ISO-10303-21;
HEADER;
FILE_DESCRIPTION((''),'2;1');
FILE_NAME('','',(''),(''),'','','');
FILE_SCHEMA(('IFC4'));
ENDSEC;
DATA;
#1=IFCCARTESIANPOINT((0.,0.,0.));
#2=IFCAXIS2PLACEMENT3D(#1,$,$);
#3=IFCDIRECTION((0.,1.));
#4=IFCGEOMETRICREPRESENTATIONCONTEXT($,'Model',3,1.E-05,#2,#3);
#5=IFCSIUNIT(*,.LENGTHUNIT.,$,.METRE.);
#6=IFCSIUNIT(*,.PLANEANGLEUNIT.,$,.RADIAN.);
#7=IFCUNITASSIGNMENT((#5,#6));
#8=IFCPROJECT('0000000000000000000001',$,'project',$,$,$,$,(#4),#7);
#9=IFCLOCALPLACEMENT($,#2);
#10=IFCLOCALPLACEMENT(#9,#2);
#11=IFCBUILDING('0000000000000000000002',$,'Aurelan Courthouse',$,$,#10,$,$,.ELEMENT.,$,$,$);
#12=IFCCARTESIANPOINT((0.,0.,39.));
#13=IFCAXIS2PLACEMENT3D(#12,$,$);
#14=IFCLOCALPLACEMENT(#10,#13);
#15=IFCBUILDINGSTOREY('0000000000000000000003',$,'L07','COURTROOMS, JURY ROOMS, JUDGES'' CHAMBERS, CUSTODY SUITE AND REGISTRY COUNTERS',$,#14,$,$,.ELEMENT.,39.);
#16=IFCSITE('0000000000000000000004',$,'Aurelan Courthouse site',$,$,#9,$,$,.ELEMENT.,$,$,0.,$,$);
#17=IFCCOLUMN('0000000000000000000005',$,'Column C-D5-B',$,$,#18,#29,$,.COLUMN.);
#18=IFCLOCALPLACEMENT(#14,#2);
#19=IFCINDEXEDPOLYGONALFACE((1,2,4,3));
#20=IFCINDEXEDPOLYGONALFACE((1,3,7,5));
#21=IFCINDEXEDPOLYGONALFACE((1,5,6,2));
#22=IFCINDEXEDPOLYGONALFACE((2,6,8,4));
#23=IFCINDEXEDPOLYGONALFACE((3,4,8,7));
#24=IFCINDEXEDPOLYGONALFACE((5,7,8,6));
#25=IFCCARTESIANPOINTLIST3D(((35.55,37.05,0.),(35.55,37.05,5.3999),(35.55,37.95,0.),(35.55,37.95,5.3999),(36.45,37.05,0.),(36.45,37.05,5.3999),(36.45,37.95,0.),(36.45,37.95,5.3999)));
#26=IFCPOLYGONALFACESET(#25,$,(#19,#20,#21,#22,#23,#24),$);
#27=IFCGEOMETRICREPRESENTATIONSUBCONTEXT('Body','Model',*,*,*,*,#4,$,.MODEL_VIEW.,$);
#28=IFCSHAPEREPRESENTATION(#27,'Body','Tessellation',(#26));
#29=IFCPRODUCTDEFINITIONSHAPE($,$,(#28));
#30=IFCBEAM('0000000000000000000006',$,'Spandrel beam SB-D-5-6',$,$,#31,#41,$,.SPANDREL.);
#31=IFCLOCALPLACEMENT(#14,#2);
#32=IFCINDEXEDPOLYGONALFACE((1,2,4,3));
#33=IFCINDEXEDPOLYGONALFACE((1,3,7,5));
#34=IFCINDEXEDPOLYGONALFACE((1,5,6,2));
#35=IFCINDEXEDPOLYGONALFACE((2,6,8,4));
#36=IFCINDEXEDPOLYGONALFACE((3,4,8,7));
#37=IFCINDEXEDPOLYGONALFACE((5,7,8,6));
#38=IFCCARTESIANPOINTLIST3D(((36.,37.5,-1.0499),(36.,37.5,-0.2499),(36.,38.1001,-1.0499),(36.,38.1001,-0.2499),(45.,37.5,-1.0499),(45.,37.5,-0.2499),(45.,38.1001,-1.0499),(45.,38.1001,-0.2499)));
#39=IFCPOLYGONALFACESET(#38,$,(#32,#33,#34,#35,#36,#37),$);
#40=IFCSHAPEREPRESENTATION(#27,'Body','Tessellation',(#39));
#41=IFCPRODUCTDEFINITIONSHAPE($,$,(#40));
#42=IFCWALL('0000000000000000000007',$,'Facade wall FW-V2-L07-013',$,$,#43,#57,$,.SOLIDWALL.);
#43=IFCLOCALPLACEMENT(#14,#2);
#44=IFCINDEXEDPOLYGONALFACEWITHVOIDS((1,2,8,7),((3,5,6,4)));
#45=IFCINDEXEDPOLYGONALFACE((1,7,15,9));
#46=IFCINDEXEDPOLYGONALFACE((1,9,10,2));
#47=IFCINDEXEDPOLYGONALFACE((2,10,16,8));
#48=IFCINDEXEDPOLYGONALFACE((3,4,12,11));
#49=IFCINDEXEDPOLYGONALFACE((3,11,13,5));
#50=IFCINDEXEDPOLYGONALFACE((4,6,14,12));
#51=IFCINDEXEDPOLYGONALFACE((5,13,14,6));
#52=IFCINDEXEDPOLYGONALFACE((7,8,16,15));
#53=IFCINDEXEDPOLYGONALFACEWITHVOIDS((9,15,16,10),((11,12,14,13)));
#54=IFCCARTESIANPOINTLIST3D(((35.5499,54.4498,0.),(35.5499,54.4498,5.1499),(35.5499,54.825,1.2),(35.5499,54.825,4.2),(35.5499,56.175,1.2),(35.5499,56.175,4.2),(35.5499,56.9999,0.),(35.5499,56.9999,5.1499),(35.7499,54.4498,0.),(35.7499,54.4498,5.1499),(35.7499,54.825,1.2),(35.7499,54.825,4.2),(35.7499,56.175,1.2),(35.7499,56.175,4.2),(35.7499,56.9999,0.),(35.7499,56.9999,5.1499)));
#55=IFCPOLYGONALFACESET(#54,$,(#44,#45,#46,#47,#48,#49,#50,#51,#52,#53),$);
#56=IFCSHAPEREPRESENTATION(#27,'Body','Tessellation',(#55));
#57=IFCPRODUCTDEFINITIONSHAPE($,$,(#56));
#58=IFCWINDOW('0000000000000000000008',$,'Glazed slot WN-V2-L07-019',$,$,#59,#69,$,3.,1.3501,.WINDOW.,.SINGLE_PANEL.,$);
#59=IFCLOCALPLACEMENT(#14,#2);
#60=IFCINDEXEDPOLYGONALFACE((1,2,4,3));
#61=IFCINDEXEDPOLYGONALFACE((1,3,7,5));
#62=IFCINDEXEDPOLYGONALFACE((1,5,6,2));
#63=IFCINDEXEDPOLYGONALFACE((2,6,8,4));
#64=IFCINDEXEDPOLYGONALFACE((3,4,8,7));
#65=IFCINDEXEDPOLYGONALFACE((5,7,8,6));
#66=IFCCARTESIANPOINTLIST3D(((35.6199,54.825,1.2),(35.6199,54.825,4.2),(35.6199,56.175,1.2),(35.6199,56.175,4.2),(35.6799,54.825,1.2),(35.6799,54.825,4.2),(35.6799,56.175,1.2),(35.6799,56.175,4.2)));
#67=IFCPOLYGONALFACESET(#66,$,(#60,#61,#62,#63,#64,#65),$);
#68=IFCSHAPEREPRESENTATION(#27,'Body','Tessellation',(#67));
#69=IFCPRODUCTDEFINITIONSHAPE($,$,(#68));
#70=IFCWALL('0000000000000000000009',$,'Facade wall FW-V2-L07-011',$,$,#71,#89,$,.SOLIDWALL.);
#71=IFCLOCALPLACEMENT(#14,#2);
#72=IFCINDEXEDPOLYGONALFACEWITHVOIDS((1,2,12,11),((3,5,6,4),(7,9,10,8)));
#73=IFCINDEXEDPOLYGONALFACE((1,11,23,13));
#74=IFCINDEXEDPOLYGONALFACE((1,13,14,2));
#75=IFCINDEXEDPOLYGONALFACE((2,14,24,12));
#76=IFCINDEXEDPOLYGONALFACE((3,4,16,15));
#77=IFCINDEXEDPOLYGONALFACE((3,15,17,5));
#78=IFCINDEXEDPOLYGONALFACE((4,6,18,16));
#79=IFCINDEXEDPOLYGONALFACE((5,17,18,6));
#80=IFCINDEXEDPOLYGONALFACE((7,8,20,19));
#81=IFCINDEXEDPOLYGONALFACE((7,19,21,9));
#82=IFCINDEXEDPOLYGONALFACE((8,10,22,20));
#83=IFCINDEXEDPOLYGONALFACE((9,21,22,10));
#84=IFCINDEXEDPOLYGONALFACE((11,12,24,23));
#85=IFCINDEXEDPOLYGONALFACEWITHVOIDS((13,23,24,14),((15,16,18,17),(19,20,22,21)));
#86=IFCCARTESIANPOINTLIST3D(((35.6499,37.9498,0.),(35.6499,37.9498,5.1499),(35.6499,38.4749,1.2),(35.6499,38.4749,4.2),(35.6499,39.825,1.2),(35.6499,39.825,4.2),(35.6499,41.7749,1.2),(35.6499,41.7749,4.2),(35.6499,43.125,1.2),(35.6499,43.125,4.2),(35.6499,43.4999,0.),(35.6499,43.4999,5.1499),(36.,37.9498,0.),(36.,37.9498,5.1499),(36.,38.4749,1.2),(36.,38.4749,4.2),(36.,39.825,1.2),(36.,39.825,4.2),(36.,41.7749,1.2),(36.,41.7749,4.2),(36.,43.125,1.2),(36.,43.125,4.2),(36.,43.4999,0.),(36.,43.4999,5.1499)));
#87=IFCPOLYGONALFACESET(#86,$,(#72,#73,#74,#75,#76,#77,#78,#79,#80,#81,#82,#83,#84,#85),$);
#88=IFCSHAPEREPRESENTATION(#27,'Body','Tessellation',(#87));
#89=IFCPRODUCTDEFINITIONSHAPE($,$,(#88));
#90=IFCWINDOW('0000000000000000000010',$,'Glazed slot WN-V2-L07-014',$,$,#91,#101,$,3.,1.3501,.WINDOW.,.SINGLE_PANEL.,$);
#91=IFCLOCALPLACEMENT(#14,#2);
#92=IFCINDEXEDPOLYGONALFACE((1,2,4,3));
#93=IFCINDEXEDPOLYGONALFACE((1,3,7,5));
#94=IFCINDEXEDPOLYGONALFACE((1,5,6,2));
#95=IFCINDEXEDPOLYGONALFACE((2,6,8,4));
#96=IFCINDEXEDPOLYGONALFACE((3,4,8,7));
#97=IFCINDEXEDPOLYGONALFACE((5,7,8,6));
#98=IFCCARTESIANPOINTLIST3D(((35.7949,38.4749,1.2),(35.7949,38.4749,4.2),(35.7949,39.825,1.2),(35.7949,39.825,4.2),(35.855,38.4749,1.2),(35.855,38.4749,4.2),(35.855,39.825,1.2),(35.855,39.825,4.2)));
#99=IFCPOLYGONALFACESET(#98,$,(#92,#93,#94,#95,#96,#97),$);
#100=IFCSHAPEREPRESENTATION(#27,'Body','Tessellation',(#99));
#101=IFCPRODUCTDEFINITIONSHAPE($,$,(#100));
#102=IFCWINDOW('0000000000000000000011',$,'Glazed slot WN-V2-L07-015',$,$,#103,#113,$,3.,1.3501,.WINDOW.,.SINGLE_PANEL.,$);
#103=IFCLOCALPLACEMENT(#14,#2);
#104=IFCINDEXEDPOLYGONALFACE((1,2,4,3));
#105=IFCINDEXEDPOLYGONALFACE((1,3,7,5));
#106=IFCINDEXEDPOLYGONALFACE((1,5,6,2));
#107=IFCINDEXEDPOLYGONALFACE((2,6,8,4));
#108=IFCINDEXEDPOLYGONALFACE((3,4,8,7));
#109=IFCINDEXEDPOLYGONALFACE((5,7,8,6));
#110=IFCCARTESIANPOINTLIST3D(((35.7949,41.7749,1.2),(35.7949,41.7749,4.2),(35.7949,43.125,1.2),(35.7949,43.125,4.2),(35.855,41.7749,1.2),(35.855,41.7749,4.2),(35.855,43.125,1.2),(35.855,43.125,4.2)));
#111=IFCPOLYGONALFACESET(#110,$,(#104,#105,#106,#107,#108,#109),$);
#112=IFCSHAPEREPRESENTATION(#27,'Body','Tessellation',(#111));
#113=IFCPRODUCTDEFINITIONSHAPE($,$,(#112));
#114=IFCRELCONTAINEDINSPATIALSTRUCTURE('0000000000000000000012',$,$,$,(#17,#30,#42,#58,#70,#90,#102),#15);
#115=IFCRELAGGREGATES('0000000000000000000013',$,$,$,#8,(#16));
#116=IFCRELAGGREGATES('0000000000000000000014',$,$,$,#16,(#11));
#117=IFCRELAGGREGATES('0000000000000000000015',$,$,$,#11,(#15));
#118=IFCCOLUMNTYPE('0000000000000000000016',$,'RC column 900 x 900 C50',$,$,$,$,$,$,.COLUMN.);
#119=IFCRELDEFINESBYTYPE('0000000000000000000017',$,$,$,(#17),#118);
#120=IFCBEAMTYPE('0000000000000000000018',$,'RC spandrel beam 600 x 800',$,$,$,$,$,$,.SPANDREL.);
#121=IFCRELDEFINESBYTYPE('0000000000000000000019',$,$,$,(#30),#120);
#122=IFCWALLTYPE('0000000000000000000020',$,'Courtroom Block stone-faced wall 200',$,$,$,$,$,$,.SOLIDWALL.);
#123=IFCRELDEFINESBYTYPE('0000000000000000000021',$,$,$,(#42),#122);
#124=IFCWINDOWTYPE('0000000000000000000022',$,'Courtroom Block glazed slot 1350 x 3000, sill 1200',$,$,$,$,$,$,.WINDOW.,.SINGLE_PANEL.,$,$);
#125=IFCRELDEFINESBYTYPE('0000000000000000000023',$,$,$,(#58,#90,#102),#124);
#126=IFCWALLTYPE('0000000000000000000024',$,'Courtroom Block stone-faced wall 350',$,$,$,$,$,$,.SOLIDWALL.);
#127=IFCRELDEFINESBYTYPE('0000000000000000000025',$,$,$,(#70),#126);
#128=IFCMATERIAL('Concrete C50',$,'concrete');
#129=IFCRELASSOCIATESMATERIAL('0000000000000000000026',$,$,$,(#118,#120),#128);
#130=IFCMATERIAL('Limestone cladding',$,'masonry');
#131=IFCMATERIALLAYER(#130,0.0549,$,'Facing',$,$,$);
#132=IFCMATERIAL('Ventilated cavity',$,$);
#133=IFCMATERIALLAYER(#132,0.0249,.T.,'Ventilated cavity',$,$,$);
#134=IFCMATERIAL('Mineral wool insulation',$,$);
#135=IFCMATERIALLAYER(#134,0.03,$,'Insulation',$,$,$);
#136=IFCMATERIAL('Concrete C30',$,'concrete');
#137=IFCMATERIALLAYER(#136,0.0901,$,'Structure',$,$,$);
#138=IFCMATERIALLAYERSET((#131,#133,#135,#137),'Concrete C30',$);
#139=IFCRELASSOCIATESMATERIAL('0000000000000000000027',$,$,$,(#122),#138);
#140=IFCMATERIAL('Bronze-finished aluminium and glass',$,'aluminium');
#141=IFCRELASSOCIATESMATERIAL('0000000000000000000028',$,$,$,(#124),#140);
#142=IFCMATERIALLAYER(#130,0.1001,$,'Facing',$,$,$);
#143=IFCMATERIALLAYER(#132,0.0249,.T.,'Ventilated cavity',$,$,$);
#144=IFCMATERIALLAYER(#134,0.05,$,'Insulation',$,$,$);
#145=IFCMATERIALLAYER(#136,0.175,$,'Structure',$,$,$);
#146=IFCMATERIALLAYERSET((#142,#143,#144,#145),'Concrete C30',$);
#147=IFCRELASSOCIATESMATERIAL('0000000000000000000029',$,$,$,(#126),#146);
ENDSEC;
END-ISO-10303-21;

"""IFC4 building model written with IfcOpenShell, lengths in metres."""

from ifc_helpers import new_model, si_unit, direction, frame, frame_2d, origin, origin_2d, place, context, subcontext, project, spatial, rectangle, extrude, material, layer, layer_set, material_profile, profile_set, type_object, element, fill, save


model = new_model("IFC4")

# Units and contexts
model_context = context("Model", 3, precision=1e-05, world=origin(), true_north=direction((0.0, 1.0)))
body_context = subcontext(model_context, "Body", "Model", "MODEL_VIEW")
ifc_project = project(units=[si_unit("LENGTHUNIT", "METRE"), si_unit("PLANEANGLEUNIT", "RADIAN")], contexts=[model_context])

# Site, building, storey
site_placement = place(None, origin())
site = spatial("IfcSite", under=ifc_project, at=site_placement, Name="Aurelan Courthouse site", CompositionType="ELEMENT", RefElevation=0.0)
building_placement = place(site_placement, origin())
building = spatial("IfcBuilding", under=site, at=building_placement, Name="Aurelan Courthouse", CompositionType="ELEMENT")
storey_placement = place(building_placement, frame((0.0, 0.0, 39.0)))
storey = spatial("IfcBuildingStorey", under=building, at=storey_placement, Name="L07", Description="COURTROOMS, JURY ROOMS, JUDGES' CHAMBERS, CUSTODY SUITE AND REGISTRY COUNTERS", CompositionType="ELEMENT", Elevation=39.0)

# Column
ifc_material_1 = material(Name="Concrete C50", Category="concrete")
ifc_material_profile_1 = material_profile(ifc_material_1, rectangle(XDim=0.8999, YDim=0.8999, at=origin_2d()), Name="RC 900 x 900")
ifc_profile_set_1 = profile_set([ifc_material_profile_1], Name="Concrete C50")
column_type = type_object("IfcColumnType", Name="RC column 900 x 900 C50", PredefinedType="COLUMN", material=ifc_profile_set_1)
column_placement = place(storey_placement, frame((36.0, 37.5, 0.0), z_axis=(0.0, 0.0, 1.0), x_axis=(1.0, 0.0, 0.0)))
element("IfcColumn", 1, at=column_placement, inside=storey, type_object=column_type, Name="Column C-D5-B", PredefinedType="COLUMN", context=body_context, shape_type="SweptSolid", body=[
    extrude(rectangle(XDim=0.8999, YDim=0.8999, at=origin_2d()), origin(), (0.0, 0.0, 1.0), 5.3999),
])

# Beam
ifc_material_profile_2 = material_profile(ifc_material_1, rectangle(XDim=0.6001, YDim=0.8, at=origin_2d()), Name="RC 600 x 800")
ifc_profile_set_2 = profile_set([ifc_material_profile_2], Name="Concrete C50")
beam_type = type_object("IfcBeamType", Name="RC spandrel beam 600 x 800", PredefinedType="SPANDREL", material=ifc_profile_set_2)
beam_placement = place(storey_placement, frame((36.0, 37.8, -0.6499), z_axis=(1.0, 0.0, 0.0), x_axis=(0.0, 1.0, 0.0)))
element("IfcBeam", 2, at=beam_placement, inside=storey, type_object=beam_type, Name="Spandrel beam SB-D-5-6", PredefinedType="SPANDREL", context=body_context, shape_type="SweptSolid", body=[
    extrude(rectangle(XDim=0.6001, YDim=0.8, at=origin_2d()), origin(), (0.0, 0.0, 1.0), 9.0),
])

# Wall, opening, window
ifc_material_2 = material(Name="Limestone cladding", Category="masonry")
ifc_layer_1 = layer(ifc_material_2, 0.0549, Name="Facing")
ifc_material_3 = material(Name="Ventilated cavity")
ifc_layer_2 = layer(ifc_material_3, 0.0249, ventilated=True, Name="Ventilated cavity")
ifc_material_4 = material(Name="Mineral wool insulation")
ifc_layer_3 = layer(ifc_material_4, 0.03, Name="Insulation")
ifc_material_5 = material(Name="Concrete C30", Category="concrete")
ifc_layer_4 = layer(ifc_material_5, 0.0901, Name="Structure")
ifc_layer_set_1 = layer_set([ifc_layer_1, ifc_layer_2, ifc_layer_3, ifc_layer_4], Name="Concrete C30")
wall_type_1 = type_object("IfcWallType", Name="Courtroom Block stone-faced wall 200", PredefinedType="SOLIDWALL", material=ifc_layer_set_1)
wall_1_placement = place(storey_placement, frame((35.6499, 54.45, 0.0), z_axis=(0.0, 0.0, 1.0), x_axis=(0.0, 1.0, 0.0)))
wall_1 = element("IfcWall", 3, at=wall_1_placement, inside=storey, type_object=wall_type_1, Name="Facade wall FW-V2-L07-013", PredefinedType="SOLIDWALL", context=body_context, shape_type="SweptSolid", body=[
    extrude(rectangle(XDim=2.55, YDim=0.2, at=frame_2d((1.2749, 0.0))), origin(), (0.0, 0.0, 1.0), 5.1499),
])
opening_1_placement = place(wall_1_placement, frame((0.375, 0.0, 1.2)))
opening_1 = element("IfcOpeningElement", 4, at=opening_1_placement, cuts=wall_1, PredefinedType="OPENING", context=body_context, shape_type="SweptSolid", body=[
    extrude(rectangle(XDim=1.3501, YDim=3.0, at=frame_2d((0.675, 1.5))), frame((0.0, 0.1099, 0.0), z_axis=(0.0, -1.0, 0.0), x_axis=(1.0, 0.0, 0.0)), (0.0, 0.0, 1.0), 0.22),
])
ifc_material_6 = material(Name="Bronze-finished aluminium and glass", Category="aluminium")
window_type = type_object("IfcWindowType", Name="Courtroom Block glazed slot 1350 x 3000, sill 1200", PartitioningType="SINGLE_PANEL", PredefinedType="WINDOW", material=ifc_material_6)
window_1_placement = place(opening_1_placement, origin())
window_1 = element("IfcWindow", 5, at=window_1_placement, inside=storey, type_object=window_type, Name="Glazed slot WN-V2-L07-019", OverallHeight=3.0, OverallWidth=1.3501, PartitioningType="SINGLE_PANEL", PredefinedType="WINDOW", context=body_context, shape_type="SweptSolid", body=[
    extrude(rectangle(XDim=1.3501, YDim=3.0, at=frame_2d((0.675, 1.5))), frame((0.0, 0.03, 0.0), z_axis=(0.0, -1.0, 0.0), x_axis=(1.0, 0.0, 0.0)), (0.0, 0.0, 1.0), 0.0601),
])
fill(opening_1, window_1)

# Wall, openings, windows
ifc_layer_5 = layer(ifc_material_2, 0.1001, Name="Facing")
ifc_layer_6 = layer(ifc_material_3, 0.0249, ventilated=True, Name="Ventilated cavity")
ifc_layer_7 = layer(ifc_material_4, 0.05, Name="Insulation")
ifc_layer_8 = layer(ifc_material_5, 0.175, Name="Structure")
ifc_layer_set_2 = layer_set([ifc_layer_5, ifc_layer_6, ifc_layer_7, ifc_layer_8], Name="Concrete C30")
wall_type_2 = type_object("IfcWallType", Name="Courtroom Block stone-faced wall 350", PredefinedType="SOLIDWALL", material=ifc_layer_set_2)
wall_2_placement = place(storey_placement, frame((35.825, 37.95, 0.0), z_axis=(0.0, 0.0, 1.0), x_axis=(0.0, 1.0, 0.0)))
wall_2 = element("IfcWall", 6, at=wall_2_placement, inside=storey, type_object=wall_type_2, Name="Facade wall FW-V2-L07-011", PredefinedType="SOLIDWALL", context=body_context, shape_type="SweptSolid", body=[
    extrude(rectangle(XDim=5.55, YDim=0.3501, at=frame_2d((2.7749, 0.0))), origin(), (0.0, 0.0, 1.0), 5.1499),
])
opening_2_placement = place(wall_2_placement, frame((0.5249, 0.0, 1.2)))
opening_2 = element("IfcOpeningElement", 7, at=opening_2_placement, cuts=wall_2, PredefinedType="OPENING", context=body_context, shape_type="SweptSolid", body=[
    extrude(rectangle(XDim=1.3501, YDim=3.0, at=frame_2d((0.675, 1.5))), frame((0.0, 0.1851, 0.0), z_axis=(0.0, -1.0, 0.0), x_axis=(1.0, 0.0, 0.0)), (0.0, 0.0, 1.0), 0.3701),
])
opening_3_placement = place(wall_2_placement, frame((3.825, 0.0, 1.2)))
opening_3 = element("IfcOpeningElement", 8, at=opening_3_placement, cuts=wall_2, PredefinedType="OPENING", context=body_context, shape_type="SweptSolid", body=[
    extrude(rectangle(XDim=1.3501, YDim=3.0, at=frame_2d((0.675, 1.5))), frame((0.0, 0.1851, 0.0), z_axis=(0.0, -1.0, 0.0), x_axis=(1.0, 0.0, 0.0)), (0.0, 0.0, 1.0), 0.3701),
])
window_2_placement = place(opening_2_placement, origin())
window_2 = element("IfcWindow", 9, at=window_2_placement, inside=storey, type_object=window_type, Name="Glazed slot WN-V2-L07-014", OverallHeight=3.0, OverallWidth=1.3501, PartitioningType="SINGLE_PANEL", PredefinedType="WINDOW", context=body_context, shape_type="SweptSolid", body=[
    extrude(rectangle(XDim=1.3501, YDim=3.0, at=frame_2d((0.675, 1.5))), frame((0.0, 0.03, 0.0), z_axis=(0.0, -1.0, 0.0), x_axis=(1.0, 0.0, 0.0)), (0.0, 0.0, 1.0), 0.0601),
])
fill(opening_2, window_2)
window_3_placement = place(opening_3_placement, origin())
window_3 = element("IfcWindow", 10, at=window_3_placement, inside=storey, type_object=window_type, Name="Glazed slot WN-V2-L07-015", OverallHeight=3.0, OverallWidth=1.3501, PartitioningType="SINGLE_PANEL", PredefinedType="WINDOW", context=body_context, shape_type="SweptSolid", body=[
    extrude(rectangle(XDim=1.3501, YDim=3.0, at=frame_2d((0.675, 1.5))), frame((0.0, 0.03, 0.0), z_axis=(0.0, -1.0, 0.0), x_axis=(1.0, 0.0, 0.0)), (0.0, 0.0, 1.0), 0.0601),
])
fill(opening_3, window_3)

save(model, "model.ifc")
